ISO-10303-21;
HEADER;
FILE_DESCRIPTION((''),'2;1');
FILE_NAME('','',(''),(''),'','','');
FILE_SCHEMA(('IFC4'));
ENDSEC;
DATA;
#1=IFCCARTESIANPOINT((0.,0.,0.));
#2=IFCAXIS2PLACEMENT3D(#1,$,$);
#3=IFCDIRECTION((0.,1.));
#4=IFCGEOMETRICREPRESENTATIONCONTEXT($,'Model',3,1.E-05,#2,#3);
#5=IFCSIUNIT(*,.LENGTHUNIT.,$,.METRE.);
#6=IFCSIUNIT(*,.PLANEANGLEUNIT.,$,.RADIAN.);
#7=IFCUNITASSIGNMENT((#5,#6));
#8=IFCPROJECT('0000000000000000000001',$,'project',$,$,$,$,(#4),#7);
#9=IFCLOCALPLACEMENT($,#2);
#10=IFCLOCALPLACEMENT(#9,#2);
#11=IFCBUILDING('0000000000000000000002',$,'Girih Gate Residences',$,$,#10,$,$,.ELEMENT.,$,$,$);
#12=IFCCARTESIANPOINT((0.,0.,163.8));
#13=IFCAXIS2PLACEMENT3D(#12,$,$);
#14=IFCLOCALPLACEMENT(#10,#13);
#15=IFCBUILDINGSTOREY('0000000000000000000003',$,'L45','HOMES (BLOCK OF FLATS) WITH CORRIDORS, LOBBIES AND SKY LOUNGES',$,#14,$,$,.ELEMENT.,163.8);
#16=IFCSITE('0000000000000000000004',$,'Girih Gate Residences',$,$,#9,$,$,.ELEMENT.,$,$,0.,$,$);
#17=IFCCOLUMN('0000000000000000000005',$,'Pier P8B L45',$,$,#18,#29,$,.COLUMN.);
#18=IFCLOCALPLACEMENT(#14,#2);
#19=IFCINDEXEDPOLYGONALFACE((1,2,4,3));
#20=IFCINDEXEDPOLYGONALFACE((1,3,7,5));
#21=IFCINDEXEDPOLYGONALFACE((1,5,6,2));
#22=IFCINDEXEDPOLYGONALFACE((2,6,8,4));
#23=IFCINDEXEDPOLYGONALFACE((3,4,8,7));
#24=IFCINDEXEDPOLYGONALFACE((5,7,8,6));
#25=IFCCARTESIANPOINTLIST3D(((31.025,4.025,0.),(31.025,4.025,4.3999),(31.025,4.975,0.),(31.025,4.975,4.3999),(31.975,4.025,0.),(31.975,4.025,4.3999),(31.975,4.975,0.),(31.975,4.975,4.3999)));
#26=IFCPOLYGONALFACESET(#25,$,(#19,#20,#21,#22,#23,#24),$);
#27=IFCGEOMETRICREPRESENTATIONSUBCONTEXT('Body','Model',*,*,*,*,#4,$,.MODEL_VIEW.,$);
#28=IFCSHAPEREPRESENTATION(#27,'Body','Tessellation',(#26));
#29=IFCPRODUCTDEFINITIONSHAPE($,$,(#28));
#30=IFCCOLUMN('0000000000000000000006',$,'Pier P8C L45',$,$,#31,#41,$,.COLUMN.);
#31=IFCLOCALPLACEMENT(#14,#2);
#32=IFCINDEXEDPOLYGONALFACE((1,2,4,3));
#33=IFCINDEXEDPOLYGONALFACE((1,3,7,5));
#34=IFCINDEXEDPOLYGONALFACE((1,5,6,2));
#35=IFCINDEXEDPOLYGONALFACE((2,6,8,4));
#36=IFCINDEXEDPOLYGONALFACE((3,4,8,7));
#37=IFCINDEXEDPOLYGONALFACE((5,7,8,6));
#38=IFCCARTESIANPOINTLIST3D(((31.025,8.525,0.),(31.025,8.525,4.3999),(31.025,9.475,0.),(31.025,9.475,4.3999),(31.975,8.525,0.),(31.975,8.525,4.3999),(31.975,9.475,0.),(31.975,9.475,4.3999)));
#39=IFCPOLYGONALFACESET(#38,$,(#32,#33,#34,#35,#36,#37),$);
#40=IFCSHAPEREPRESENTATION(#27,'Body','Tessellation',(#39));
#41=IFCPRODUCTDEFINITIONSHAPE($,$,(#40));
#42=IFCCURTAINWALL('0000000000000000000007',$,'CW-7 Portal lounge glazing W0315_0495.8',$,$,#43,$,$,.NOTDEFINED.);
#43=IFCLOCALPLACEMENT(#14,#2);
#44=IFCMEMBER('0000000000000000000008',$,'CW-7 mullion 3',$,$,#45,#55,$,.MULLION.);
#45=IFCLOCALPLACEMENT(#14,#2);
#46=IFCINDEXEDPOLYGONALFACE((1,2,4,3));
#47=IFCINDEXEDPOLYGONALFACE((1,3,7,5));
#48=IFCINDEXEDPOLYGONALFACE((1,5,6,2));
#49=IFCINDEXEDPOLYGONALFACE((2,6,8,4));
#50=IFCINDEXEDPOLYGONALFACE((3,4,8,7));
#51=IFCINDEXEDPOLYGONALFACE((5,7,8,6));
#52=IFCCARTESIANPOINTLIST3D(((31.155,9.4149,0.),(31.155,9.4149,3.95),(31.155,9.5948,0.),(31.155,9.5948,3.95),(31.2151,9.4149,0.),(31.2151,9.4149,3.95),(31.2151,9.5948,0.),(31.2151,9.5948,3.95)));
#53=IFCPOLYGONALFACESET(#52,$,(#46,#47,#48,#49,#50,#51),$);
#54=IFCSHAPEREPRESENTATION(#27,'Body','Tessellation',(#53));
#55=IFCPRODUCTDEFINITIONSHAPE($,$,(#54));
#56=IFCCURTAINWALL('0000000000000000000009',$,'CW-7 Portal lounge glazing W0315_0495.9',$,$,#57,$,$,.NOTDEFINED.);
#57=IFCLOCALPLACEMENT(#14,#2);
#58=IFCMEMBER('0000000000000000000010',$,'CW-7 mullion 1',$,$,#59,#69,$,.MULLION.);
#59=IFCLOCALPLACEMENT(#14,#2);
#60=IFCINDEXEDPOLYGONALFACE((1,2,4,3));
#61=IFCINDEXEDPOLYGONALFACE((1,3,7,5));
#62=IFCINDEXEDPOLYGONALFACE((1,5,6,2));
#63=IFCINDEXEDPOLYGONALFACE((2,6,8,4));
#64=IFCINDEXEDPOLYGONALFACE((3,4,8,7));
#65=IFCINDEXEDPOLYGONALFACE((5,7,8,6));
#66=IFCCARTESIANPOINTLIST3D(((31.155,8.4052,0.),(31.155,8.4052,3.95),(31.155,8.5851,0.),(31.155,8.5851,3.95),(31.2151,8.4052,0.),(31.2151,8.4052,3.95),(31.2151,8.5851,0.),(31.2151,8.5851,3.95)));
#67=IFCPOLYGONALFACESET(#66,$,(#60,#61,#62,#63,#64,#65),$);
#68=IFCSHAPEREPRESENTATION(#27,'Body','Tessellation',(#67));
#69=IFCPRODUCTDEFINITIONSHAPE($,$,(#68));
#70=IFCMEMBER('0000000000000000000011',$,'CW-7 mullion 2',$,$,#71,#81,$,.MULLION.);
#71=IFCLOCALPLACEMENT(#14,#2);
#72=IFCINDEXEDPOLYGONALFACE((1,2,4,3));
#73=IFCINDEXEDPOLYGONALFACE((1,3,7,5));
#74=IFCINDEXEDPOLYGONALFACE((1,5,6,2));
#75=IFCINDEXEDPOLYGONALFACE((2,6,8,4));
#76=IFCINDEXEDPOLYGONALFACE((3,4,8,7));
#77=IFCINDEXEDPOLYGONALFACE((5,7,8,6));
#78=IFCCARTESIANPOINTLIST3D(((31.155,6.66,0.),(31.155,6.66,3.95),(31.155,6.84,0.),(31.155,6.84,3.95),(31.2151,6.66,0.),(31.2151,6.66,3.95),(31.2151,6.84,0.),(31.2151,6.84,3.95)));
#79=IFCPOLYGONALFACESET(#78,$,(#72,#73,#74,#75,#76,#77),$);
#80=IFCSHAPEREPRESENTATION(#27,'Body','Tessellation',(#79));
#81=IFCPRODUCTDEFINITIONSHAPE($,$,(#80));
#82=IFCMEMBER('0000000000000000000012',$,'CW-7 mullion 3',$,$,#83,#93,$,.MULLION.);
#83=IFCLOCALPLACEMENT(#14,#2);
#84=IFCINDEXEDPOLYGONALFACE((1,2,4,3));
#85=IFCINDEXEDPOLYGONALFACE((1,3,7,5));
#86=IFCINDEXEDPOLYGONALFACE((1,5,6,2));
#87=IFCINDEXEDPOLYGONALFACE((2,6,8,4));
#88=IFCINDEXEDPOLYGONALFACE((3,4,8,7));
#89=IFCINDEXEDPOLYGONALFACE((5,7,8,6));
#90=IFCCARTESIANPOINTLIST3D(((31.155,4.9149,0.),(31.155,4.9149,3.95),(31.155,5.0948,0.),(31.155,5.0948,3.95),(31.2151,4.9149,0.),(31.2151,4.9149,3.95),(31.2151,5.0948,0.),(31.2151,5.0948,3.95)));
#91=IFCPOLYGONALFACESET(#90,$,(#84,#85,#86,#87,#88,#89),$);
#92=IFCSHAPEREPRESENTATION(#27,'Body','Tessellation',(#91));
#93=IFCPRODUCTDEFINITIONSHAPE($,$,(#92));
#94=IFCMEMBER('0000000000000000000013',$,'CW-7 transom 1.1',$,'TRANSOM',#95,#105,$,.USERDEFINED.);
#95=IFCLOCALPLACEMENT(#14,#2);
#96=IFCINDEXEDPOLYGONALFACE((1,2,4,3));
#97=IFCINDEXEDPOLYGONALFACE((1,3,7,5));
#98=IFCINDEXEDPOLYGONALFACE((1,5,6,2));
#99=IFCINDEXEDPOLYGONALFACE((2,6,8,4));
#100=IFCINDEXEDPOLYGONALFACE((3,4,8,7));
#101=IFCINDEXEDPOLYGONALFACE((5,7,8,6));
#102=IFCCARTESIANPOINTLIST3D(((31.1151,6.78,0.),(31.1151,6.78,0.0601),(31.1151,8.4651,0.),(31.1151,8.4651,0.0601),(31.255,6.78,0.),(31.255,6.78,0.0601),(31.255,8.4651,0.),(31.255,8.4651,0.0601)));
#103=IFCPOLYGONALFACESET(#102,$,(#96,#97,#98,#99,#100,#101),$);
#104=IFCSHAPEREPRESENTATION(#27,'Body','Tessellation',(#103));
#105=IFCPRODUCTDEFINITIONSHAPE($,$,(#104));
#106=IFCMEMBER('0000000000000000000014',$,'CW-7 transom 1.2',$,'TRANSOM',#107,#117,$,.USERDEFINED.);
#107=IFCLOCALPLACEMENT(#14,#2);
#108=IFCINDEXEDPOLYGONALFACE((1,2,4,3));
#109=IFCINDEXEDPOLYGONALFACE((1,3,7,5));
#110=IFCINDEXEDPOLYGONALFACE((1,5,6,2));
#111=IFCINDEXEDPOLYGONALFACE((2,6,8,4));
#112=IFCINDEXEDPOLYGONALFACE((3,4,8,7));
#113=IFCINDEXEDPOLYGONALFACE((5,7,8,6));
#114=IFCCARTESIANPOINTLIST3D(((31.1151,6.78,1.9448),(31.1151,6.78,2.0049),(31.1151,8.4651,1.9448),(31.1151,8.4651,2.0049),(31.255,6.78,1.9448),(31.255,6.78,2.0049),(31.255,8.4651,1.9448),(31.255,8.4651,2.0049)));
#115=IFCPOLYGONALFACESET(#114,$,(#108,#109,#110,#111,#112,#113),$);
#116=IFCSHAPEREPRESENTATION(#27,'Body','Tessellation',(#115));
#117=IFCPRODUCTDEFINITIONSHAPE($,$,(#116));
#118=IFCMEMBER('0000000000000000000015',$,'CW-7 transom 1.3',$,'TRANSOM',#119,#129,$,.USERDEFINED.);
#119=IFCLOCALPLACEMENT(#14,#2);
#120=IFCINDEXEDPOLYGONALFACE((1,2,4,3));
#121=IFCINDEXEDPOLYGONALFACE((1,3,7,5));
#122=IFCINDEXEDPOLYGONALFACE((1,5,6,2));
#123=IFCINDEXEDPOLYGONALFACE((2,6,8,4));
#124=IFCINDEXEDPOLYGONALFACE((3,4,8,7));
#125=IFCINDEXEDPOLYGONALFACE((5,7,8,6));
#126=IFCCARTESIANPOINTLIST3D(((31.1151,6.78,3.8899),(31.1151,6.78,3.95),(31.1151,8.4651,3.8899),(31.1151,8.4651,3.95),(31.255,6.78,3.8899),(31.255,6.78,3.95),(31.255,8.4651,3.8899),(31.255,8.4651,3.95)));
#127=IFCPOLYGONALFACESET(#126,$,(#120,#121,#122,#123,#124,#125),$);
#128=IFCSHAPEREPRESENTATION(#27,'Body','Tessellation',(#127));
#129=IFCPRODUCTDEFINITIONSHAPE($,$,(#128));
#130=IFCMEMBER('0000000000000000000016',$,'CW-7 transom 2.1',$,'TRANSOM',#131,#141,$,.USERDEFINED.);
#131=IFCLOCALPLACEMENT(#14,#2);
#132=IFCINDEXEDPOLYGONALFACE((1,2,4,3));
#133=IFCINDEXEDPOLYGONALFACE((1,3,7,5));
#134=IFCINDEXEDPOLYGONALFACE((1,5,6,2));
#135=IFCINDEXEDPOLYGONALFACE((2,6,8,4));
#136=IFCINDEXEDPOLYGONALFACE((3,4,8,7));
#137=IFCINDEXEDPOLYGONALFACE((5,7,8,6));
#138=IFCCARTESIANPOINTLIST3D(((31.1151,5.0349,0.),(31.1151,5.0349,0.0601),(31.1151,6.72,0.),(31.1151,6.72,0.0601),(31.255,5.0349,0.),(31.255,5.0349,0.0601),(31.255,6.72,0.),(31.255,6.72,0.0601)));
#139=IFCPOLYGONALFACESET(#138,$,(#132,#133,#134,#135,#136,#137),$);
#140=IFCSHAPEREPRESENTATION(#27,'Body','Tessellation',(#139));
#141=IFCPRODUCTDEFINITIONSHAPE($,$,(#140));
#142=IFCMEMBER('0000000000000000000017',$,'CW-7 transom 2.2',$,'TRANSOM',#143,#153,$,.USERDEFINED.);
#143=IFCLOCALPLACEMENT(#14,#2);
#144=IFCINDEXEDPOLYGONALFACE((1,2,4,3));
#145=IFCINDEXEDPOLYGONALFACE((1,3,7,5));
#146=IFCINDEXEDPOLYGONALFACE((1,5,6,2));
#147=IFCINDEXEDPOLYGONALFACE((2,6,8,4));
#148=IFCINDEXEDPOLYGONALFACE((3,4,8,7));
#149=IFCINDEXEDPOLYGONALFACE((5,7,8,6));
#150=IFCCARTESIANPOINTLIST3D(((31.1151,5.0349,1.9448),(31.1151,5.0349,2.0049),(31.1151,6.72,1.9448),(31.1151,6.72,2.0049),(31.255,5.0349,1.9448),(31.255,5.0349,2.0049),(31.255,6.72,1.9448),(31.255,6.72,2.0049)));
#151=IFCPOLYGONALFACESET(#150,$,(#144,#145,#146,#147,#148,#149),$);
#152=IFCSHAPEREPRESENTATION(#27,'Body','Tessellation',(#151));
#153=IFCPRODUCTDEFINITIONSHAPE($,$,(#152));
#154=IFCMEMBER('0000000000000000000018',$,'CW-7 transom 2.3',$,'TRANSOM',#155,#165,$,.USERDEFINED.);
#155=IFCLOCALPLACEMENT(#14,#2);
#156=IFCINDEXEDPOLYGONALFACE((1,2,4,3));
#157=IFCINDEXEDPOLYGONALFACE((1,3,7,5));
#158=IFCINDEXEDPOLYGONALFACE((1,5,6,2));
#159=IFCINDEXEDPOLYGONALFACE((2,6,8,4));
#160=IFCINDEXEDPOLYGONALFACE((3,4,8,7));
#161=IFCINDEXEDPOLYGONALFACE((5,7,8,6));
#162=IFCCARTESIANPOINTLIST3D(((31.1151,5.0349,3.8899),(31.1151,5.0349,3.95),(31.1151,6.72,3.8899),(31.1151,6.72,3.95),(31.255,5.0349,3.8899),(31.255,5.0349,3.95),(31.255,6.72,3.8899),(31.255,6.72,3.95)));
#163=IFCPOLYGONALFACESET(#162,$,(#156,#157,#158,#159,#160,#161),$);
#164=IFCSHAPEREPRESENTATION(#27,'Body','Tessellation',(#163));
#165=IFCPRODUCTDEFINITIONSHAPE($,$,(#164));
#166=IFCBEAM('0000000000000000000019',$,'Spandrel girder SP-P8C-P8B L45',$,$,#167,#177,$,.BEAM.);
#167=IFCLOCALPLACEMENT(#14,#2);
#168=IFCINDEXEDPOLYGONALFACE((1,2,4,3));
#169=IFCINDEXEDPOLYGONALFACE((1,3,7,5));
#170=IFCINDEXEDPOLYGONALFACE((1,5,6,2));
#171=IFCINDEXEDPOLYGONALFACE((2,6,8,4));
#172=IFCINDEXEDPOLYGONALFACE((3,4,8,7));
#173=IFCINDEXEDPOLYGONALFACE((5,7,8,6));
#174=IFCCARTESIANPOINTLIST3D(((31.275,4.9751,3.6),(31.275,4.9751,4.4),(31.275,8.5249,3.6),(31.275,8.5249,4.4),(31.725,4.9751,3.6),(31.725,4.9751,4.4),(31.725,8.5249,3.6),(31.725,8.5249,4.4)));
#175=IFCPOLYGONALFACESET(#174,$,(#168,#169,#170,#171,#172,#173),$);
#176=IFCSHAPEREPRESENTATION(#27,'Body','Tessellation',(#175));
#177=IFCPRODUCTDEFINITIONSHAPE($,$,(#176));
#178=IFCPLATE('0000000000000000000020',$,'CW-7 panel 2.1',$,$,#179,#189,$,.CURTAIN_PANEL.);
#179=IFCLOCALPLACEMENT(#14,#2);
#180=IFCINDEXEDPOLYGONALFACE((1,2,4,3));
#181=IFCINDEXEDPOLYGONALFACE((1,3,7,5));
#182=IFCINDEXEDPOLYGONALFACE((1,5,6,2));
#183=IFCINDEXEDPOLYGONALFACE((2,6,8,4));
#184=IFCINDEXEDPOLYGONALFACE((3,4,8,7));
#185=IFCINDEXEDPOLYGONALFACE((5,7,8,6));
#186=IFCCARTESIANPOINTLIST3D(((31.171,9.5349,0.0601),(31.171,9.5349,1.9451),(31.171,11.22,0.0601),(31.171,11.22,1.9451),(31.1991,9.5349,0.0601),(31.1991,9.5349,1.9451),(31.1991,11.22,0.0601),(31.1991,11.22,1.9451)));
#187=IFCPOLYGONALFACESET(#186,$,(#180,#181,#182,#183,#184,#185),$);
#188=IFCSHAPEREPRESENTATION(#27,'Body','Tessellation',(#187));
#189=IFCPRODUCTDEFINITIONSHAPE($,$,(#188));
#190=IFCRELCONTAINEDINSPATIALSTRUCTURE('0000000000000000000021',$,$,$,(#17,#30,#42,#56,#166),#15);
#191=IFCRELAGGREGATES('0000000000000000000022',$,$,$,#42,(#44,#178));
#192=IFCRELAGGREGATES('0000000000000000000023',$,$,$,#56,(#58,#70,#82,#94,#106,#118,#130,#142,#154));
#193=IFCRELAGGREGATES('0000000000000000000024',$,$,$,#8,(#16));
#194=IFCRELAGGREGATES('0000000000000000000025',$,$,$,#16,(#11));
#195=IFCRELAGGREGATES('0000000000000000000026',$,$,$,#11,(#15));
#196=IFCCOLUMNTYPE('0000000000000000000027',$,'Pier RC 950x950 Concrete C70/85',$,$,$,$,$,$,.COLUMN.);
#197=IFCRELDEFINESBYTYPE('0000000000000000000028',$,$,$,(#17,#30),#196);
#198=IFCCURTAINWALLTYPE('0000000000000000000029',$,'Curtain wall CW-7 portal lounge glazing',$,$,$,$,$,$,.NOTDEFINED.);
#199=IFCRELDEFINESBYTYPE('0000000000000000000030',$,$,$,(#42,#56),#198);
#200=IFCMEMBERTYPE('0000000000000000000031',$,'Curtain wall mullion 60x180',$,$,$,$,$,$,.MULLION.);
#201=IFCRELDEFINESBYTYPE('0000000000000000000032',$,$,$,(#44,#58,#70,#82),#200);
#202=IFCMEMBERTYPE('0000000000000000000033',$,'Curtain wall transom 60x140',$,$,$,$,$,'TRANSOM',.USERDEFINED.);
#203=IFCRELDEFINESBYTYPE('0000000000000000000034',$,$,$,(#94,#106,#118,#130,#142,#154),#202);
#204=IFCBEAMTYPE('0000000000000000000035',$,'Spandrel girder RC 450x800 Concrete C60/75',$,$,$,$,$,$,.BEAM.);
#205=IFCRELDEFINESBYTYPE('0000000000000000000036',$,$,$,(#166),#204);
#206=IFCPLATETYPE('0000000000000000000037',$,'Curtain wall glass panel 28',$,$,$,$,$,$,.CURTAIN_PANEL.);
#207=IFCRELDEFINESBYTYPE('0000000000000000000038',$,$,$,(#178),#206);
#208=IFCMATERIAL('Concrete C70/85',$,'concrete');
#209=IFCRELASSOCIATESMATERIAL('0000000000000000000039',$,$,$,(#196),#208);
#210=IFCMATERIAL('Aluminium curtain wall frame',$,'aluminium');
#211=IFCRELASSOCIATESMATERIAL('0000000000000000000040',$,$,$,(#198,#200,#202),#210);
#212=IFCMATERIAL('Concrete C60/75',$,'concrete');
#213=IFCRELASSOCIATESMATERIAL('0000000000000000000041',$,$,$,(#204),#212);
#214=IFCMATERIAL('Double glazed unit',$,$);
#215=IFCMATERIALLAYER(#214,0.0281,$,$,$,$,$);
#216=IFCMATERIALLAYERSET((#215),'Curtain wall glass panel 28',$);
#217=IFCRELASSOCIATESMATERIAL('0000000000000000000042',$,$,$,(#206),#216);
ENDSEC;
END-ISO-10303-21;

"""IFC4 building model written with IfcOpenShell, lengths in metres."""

from ifc_helpers import new_model, si_unit, direction, frame, origin, origin_2d, place, context, subcontext, project, spatial, rectangle, extrude, material, layer, layer_set, material_profile, profile_set, type_object, element, aggregate, save


model = new_model("IFC4")

# Units and contexts
model_context = context("Model", 3, precision=1e-05, world=origin(), true_north=direction((0.0, 1.0)))
body_context = subcontext(model_context, "Body", "Model", "MODEL_VIEW")
ifc_project = project(units=[si_unit("LENGTHUNIT", "METRE"), si_unit("PLANEANGLEUNIT", "RADIAN")], contexts=[model_context])

# Site, building, storey
site_placement = place(None, origin())
site = spatial("IfcSite", under=ifc_project, at=site_placement, Name="Girih Gate Residences", CompositionType="ELEMENT", RefElevation=0.0)
building_placement = place(site_placement, origin())
building = spatial("IfcBuilding", under=site, at=building_placement, Name="Girih Gate Residences", CompositionType="ELEMENT")
storey_placement = place(building_placement, frame((0.0, 0.0, 163.8)))
storey = spatial("IfcBuildingStorey", under=building, at=storey_placement, Name="L45", Description="HOMES (BLOCK OF FLATS) WITH CORRIDORS, LOBBIES AND SKY LOUNGES", CompositionType="ELEMENT", Elevation=163.8)

# Columns
ifc_material_1 = material(Name="Concrete C70/85", Category="concrete")
ifc_material_profile_1 = material_profile(ifc_material_1, rectangle(XDim=0.95, YDim=0.95, at=origin_2d()))
ifc_profile_set_1 = profile_set([ifc_material_profile_1], Name="Concrete C70/85")
column_type = type_object("IfcColumnType", Name="Pier RC 950x950 Concrete C70/85", PredefinedType="COLUMN", material=ifc_profile_set_1)
for number, where, z_axis, x_axis, name in (
    (1, (31.5, 4.5, 0.0), (0.0, 0.0, 1.0), (1.0, 0.0, 0.0), "Pier P8B L45"),
    (2, (31.5, 9.0, 0.0), (0.0, 0.0, 1.0), (1.0, 0.0, 0.0), "Pier P8C L45"),
):
    element("IfcColumn", number, at=place(storey_placement, frame(where, z_axis=z_axis, x_axis=x_axis)), inside=storey, type_object=column_type, Name=name, PredefinedType="COLUMN", context=body_context, shape_type="SweptSolid", body=[
        extrude(rectangle(XDim=0.95, YDim=0.95, at=origin_2d()), origin(), (0.0, 0.0, 1.0), 4.3999),
    ])

# Curtain wall, member
ifc_material_2 = material(Name="Aluminium curtain wall frame", Category="aluminium")
curtain_wall_type = type_object("IfcCurtainWallType", Name="Curtain wall CW-7 portal lounge glazing", PredefinedType="NOTDEFINED", material=ifc_material_2)
curtain_wall_1_placement = place(storey_placement, origin())
curtain_wall_1 = element("IfcCurtainWall", 3, at=curtain_wall_1_placement, inside=storey, type_object=curtain_wall_type, Name="CW-7 Portal lounge glazing W0315_0495.8", PredefinedType="NOTDEFINED")
ifc_material_profile_2 = material_profile(ifc_material_2, rectangle(XDim=0.0601, YDim=0.1799, at=origin_2d()))
ifc_profile_set_2 = profile_set([ifc_material_profile_2], Name="Aluminium curtain wall frame")
member_type_1 = type_object("IfcMemberType", Name="Curtain wall mullion 60x180", PredefinedType="MULLION", material=ifc_profile_set_2)
member_1_placement = place(storey_placement, frame((31.1851, 9.5049, 0.0), z_axis=(0.0, 0.0, 1.0), x_axis=(1.0, 0.0, 0.0)))
member_1 = element("IfcMember", 4, at=member_1_placement, type_object=member_type_1, Name="CW-7 mullion 3", PredefinedType="MULLION", context=body_context, shape_type="SweptSolid", body=[
    extrude(rectangle(XDim=0.0601, YDim=0.1799, at=origin_2d()), origin(), (0.0, 0.0, 1.0), 3.95),
])

# Curtain wall, members
curtain_wall_2_placement = place(storey_placement, origin())
curtain_wall_2 = element("IfcCurtainWall", 5, at=curtain_wall_2_placement, inside=storey, type_object=curtain_wall_type, Name="CW-7 Portal lounge glazing W0315_0495.9", PredefinedType="NOTDEFINED")
member_2_placement = place(storey_placement, frame((31.1851, 8.4951, 0.0), z_axis=(0.0, 0.0, 1.0), x_axis=(1.0, 0.0, 0.0)))
member_2 = element("IfcMember", 6, at=member_2_placement, type_object=member_type_1, Name="CW-7 mullion 1", PredefinedType="MULLION", context=body_context, shape_type="SweptSolid", body=[
    extrude(rectangle(XDim=0.0601, YDim=0.1799, at=origin_2d()), origin(), (0.0, 0.0, 1.0), 3.95),
])
member_3_placement = place(storey_placement, frame((31.1851, 6.75, 0.0), z_axis=(0.0, 0.0, 1.0), x_axis=(1.0, 0.0, 0.0)))
member_3 = element("IfcMember", 7, at=member_3_placement, type_object=member_type_1, Name="CW-7 mullion 2", PredefinedType="MULLION", context=body_context, shape_type="SweptSolid", body=[
    extrude(rectangle(XDim=0.0601, YDim=0.1799, at=origin_2d()), origin(), (0.0, 0.0, 1.0), 3.95),
])
member_4_placement = place(storey_placement, frame((31.1851, 5.0049, 0.0), z_axis=(0.0, 0.0, 1.0), x_axis=(1.0, 0.0, 0.0)))
member_4 = element("IfcMember", 8, at=member_4_placement, type_object=member_type_1, Name="CW-7 mullion 3", PredefinedType="MULLION", context=body_context, shape_type="SweptSolid", body=[
    extrude(rectangle(XDim=0.0601, YDim=0.1799, at=origin_2d()), origin(), (0.0, 0.0, 1.0), 3.95),
])
ifc_material_profile_3 = material_profile(ifc_material_2, rectangle(XDim=0.1399, YDim=0.0601, at=origin_2d()))
ifc_profile_set_3 = profile_set([ifc_material_profile_3], Name="Aluminium curtain wall frame")
member_type_2 = type_object("IfcMemberType", Name="Curtain wall transom 60x140", ElementType="TRANSOM", PredefinedType="USERDEFINED", material=ifc_profile_set_3)
member_5_placement = place(storey_placement, frame((31.1851, 8.4651, 0.03), z_axis=(0.0, -1.0, 0.0), x_axis=(1.0, 0.0, 0.0)))
member_5 = element("IfcMember", 9, at=member_5_placement, type_object=member_type_2, Name="CW-7 transom 1.1", ObjectType="TRANSOM", PredefinedType="USERDEFINED", context=body_context, shape_type="SweptSolid", body=[
    extrude(rectangle(XDim=0.1399, YDim=0.0601, at=origin_2d()), origin(), (0.0, 0.0, 1.0), 1.6851),
])
member_6_placement = place(storey_placement, frame((31.1851, 8.4651, 1.9749), z_axis=(0.0, -1.0, 0.0), x_axis=(1.0, 0.0, 0.0)))
member_6 = element("IfcMember", 10, at=member_6_placement, type_object=member_type_2, Name="CW-7 transom 1.2", ObjectType="TRANSOM", PredefinedType="USERDEFINED", context=body_context, shape_type="SweptSolid", body=[
    extrude(rectangle(XDim=0.1399, YDim=0.0601, at=origin_2d()), origin(), (0.0, 0.0, 1.0), 1.6851),
])
member_7_placement = place(storey_placement, frame((31.1851, 8.4651, 3.9199), z_axis=(0.0, -1.0, 0.0), x_axis=(1.0, 0.0, 0.0)))
member_7 = element("IfcMember", 11, at=member_7_placement, type_object=member_type_2, Name="CW-7 transom 1.3", ObjectType="TRANSOM", PredefinedType="USERDEFINED", context=body_context, shape_type="SweptSolid", body=[
    extrude(rectangle(XDim=0.1399, YDim=0.0601, at=origin_2d()), origin(), (0.0, 0.0, 1.0), 1.6851),
])
member_8_placement = place(storey_placement, frame((31.1851, 6.72, 0.03), z_axis=(0.0, -1.0, 0.0), x_axis=(1.0, 0.0, 0.0)))
member_8 = element("IfcMember", 12, at=member_8_placement, type_object=member_type_2, Name="CW-7 transom 2.1", ObjectType="TRANSOM", PredefinedType="USERDEFINED", context=body_context, shape_type="SweptSolid", body=[
    extrude(rectangle(XDim=0.1399, YDim=0.0601, at=origin_2d()), origin(), (0.0, 0.0, 1.0), 1.6851),
])
member_9_placement = place(storey_placement, frame((31.1851, 6.72, 1.9749), z_axis=(0.0, -1.0, 0.0), x_axis=(1.0, 0.0, 0.0)))
member_9 = element("IfcMember", 13, at=member_9_placement, type_object=member_type_2, Name="CW-7 transom 2.2", ObjectType="TRANSOM", PredefinedType="USERDEFINED", context=body_context, shape_type="SweptSolid", body=[
    extrude(rectangle(XDim=0.1399, YDim=0.0601, at=origin_2d()), origin(), (0.0, 0.0, 1.0), 1.6851),
])
member_10_placement = place(storey_placement, frame((31.1851, 6.72, 3.9199), z_axis=(0.0, -1.0, 0.0), x_axis=(1.0, 0.0, 0.0)))
member_10 = element("IfcMember", 14, at=member_10_placement, type_object=member_type_2, Name="CW-7 transom 2.3", ObjectType="TRANSOM", PredefinedType="USERDEFINED", context=body_context, shape_type="SweptSolid", body=[
    extrude(rectangle(XDim=0.1399, YDim=0.0601, at=origin_2d()), origin(), (0.0, 0.0, 1.0), 1.6851),
])

# Beam
ifc_material_3 = material(Name="Concrete C60/75", Category="concrete")
ifc_material_profile_4 = material_profile(ifc_material_3, rectangle(XDim=0.45, YDim=0.8, at=origin_2d()))
ifc_profile_set_4 = profile_set([ifc_material_profile_4], Name="Concrete C60/75")
beam_type = type_object("IfcBeamType", Name="Spandrel girder RC 450x800 Concrete C60/75", PredefinedType="BEAM", material=ifc_profile_set_4)
beam_placement = place(storey_placement, frame((31.5, 8.5249, 4.0), z_axis=(0.0, -1.0, 0.0), x_axis=(1.0, 0.0, 0.0)))
element("IfcBeam", 15, at=beam_placement, inside=storey, type_object=beam_type, Name="Spandrel girder SP-P8C-P8B L45", PredefinedType="BEAM", context=body_context, shape_type="SweptSolid", body=[
    extrude(rectangle(XDim=0.45, YDim=0.8, at=origin_2d()), origin(), (0.0, 0.0, 1.0), 3.5498),
])

# Plate
ifc_material_4 = material(Name="Double glazed unit")
ifc_layer_1 = layer(ifc_material_4, 0.0281)
ifc_layer_set_1 = layer_set([ifc_layer_1], Name="Curtain wall glass panel 28")
plate_type = type_object("IfcPlateType", Name="Curtain wall glass panel 28", PredefinedType="CURTAIN_PANEL", material=ifc_layer_set_1)
plate_1_placement = place(storey_placement, frame((31.1851, 10.3774, 0.0601), z_axis=(0.0, 0.0, 1.0), x_axis=(0.0, -1.0, 0.0)))
plate_1 = element("IfcPlate", 16, at=plate_1_placement, type_object=plate_type, Name="CW-7 panel 2.1", PredefinedType="CURTAIN_PANEL", context=body_context, shape_type="SweptSolid", body=[
    extrude(rectangle(XDim=1.6851, YDim=0.0281, at=origin_2d()), origin(), (0.0, 0.0, 1.0), 1.885),
])
aggregate(curtain_wall_1, [member_1, plate_1])
aggregate(curtain_wall_2, [member_2, member_3, member_4, member_5, member_6, member_7, member_8, member_9, member_10])

save(model, "model.ifc")
